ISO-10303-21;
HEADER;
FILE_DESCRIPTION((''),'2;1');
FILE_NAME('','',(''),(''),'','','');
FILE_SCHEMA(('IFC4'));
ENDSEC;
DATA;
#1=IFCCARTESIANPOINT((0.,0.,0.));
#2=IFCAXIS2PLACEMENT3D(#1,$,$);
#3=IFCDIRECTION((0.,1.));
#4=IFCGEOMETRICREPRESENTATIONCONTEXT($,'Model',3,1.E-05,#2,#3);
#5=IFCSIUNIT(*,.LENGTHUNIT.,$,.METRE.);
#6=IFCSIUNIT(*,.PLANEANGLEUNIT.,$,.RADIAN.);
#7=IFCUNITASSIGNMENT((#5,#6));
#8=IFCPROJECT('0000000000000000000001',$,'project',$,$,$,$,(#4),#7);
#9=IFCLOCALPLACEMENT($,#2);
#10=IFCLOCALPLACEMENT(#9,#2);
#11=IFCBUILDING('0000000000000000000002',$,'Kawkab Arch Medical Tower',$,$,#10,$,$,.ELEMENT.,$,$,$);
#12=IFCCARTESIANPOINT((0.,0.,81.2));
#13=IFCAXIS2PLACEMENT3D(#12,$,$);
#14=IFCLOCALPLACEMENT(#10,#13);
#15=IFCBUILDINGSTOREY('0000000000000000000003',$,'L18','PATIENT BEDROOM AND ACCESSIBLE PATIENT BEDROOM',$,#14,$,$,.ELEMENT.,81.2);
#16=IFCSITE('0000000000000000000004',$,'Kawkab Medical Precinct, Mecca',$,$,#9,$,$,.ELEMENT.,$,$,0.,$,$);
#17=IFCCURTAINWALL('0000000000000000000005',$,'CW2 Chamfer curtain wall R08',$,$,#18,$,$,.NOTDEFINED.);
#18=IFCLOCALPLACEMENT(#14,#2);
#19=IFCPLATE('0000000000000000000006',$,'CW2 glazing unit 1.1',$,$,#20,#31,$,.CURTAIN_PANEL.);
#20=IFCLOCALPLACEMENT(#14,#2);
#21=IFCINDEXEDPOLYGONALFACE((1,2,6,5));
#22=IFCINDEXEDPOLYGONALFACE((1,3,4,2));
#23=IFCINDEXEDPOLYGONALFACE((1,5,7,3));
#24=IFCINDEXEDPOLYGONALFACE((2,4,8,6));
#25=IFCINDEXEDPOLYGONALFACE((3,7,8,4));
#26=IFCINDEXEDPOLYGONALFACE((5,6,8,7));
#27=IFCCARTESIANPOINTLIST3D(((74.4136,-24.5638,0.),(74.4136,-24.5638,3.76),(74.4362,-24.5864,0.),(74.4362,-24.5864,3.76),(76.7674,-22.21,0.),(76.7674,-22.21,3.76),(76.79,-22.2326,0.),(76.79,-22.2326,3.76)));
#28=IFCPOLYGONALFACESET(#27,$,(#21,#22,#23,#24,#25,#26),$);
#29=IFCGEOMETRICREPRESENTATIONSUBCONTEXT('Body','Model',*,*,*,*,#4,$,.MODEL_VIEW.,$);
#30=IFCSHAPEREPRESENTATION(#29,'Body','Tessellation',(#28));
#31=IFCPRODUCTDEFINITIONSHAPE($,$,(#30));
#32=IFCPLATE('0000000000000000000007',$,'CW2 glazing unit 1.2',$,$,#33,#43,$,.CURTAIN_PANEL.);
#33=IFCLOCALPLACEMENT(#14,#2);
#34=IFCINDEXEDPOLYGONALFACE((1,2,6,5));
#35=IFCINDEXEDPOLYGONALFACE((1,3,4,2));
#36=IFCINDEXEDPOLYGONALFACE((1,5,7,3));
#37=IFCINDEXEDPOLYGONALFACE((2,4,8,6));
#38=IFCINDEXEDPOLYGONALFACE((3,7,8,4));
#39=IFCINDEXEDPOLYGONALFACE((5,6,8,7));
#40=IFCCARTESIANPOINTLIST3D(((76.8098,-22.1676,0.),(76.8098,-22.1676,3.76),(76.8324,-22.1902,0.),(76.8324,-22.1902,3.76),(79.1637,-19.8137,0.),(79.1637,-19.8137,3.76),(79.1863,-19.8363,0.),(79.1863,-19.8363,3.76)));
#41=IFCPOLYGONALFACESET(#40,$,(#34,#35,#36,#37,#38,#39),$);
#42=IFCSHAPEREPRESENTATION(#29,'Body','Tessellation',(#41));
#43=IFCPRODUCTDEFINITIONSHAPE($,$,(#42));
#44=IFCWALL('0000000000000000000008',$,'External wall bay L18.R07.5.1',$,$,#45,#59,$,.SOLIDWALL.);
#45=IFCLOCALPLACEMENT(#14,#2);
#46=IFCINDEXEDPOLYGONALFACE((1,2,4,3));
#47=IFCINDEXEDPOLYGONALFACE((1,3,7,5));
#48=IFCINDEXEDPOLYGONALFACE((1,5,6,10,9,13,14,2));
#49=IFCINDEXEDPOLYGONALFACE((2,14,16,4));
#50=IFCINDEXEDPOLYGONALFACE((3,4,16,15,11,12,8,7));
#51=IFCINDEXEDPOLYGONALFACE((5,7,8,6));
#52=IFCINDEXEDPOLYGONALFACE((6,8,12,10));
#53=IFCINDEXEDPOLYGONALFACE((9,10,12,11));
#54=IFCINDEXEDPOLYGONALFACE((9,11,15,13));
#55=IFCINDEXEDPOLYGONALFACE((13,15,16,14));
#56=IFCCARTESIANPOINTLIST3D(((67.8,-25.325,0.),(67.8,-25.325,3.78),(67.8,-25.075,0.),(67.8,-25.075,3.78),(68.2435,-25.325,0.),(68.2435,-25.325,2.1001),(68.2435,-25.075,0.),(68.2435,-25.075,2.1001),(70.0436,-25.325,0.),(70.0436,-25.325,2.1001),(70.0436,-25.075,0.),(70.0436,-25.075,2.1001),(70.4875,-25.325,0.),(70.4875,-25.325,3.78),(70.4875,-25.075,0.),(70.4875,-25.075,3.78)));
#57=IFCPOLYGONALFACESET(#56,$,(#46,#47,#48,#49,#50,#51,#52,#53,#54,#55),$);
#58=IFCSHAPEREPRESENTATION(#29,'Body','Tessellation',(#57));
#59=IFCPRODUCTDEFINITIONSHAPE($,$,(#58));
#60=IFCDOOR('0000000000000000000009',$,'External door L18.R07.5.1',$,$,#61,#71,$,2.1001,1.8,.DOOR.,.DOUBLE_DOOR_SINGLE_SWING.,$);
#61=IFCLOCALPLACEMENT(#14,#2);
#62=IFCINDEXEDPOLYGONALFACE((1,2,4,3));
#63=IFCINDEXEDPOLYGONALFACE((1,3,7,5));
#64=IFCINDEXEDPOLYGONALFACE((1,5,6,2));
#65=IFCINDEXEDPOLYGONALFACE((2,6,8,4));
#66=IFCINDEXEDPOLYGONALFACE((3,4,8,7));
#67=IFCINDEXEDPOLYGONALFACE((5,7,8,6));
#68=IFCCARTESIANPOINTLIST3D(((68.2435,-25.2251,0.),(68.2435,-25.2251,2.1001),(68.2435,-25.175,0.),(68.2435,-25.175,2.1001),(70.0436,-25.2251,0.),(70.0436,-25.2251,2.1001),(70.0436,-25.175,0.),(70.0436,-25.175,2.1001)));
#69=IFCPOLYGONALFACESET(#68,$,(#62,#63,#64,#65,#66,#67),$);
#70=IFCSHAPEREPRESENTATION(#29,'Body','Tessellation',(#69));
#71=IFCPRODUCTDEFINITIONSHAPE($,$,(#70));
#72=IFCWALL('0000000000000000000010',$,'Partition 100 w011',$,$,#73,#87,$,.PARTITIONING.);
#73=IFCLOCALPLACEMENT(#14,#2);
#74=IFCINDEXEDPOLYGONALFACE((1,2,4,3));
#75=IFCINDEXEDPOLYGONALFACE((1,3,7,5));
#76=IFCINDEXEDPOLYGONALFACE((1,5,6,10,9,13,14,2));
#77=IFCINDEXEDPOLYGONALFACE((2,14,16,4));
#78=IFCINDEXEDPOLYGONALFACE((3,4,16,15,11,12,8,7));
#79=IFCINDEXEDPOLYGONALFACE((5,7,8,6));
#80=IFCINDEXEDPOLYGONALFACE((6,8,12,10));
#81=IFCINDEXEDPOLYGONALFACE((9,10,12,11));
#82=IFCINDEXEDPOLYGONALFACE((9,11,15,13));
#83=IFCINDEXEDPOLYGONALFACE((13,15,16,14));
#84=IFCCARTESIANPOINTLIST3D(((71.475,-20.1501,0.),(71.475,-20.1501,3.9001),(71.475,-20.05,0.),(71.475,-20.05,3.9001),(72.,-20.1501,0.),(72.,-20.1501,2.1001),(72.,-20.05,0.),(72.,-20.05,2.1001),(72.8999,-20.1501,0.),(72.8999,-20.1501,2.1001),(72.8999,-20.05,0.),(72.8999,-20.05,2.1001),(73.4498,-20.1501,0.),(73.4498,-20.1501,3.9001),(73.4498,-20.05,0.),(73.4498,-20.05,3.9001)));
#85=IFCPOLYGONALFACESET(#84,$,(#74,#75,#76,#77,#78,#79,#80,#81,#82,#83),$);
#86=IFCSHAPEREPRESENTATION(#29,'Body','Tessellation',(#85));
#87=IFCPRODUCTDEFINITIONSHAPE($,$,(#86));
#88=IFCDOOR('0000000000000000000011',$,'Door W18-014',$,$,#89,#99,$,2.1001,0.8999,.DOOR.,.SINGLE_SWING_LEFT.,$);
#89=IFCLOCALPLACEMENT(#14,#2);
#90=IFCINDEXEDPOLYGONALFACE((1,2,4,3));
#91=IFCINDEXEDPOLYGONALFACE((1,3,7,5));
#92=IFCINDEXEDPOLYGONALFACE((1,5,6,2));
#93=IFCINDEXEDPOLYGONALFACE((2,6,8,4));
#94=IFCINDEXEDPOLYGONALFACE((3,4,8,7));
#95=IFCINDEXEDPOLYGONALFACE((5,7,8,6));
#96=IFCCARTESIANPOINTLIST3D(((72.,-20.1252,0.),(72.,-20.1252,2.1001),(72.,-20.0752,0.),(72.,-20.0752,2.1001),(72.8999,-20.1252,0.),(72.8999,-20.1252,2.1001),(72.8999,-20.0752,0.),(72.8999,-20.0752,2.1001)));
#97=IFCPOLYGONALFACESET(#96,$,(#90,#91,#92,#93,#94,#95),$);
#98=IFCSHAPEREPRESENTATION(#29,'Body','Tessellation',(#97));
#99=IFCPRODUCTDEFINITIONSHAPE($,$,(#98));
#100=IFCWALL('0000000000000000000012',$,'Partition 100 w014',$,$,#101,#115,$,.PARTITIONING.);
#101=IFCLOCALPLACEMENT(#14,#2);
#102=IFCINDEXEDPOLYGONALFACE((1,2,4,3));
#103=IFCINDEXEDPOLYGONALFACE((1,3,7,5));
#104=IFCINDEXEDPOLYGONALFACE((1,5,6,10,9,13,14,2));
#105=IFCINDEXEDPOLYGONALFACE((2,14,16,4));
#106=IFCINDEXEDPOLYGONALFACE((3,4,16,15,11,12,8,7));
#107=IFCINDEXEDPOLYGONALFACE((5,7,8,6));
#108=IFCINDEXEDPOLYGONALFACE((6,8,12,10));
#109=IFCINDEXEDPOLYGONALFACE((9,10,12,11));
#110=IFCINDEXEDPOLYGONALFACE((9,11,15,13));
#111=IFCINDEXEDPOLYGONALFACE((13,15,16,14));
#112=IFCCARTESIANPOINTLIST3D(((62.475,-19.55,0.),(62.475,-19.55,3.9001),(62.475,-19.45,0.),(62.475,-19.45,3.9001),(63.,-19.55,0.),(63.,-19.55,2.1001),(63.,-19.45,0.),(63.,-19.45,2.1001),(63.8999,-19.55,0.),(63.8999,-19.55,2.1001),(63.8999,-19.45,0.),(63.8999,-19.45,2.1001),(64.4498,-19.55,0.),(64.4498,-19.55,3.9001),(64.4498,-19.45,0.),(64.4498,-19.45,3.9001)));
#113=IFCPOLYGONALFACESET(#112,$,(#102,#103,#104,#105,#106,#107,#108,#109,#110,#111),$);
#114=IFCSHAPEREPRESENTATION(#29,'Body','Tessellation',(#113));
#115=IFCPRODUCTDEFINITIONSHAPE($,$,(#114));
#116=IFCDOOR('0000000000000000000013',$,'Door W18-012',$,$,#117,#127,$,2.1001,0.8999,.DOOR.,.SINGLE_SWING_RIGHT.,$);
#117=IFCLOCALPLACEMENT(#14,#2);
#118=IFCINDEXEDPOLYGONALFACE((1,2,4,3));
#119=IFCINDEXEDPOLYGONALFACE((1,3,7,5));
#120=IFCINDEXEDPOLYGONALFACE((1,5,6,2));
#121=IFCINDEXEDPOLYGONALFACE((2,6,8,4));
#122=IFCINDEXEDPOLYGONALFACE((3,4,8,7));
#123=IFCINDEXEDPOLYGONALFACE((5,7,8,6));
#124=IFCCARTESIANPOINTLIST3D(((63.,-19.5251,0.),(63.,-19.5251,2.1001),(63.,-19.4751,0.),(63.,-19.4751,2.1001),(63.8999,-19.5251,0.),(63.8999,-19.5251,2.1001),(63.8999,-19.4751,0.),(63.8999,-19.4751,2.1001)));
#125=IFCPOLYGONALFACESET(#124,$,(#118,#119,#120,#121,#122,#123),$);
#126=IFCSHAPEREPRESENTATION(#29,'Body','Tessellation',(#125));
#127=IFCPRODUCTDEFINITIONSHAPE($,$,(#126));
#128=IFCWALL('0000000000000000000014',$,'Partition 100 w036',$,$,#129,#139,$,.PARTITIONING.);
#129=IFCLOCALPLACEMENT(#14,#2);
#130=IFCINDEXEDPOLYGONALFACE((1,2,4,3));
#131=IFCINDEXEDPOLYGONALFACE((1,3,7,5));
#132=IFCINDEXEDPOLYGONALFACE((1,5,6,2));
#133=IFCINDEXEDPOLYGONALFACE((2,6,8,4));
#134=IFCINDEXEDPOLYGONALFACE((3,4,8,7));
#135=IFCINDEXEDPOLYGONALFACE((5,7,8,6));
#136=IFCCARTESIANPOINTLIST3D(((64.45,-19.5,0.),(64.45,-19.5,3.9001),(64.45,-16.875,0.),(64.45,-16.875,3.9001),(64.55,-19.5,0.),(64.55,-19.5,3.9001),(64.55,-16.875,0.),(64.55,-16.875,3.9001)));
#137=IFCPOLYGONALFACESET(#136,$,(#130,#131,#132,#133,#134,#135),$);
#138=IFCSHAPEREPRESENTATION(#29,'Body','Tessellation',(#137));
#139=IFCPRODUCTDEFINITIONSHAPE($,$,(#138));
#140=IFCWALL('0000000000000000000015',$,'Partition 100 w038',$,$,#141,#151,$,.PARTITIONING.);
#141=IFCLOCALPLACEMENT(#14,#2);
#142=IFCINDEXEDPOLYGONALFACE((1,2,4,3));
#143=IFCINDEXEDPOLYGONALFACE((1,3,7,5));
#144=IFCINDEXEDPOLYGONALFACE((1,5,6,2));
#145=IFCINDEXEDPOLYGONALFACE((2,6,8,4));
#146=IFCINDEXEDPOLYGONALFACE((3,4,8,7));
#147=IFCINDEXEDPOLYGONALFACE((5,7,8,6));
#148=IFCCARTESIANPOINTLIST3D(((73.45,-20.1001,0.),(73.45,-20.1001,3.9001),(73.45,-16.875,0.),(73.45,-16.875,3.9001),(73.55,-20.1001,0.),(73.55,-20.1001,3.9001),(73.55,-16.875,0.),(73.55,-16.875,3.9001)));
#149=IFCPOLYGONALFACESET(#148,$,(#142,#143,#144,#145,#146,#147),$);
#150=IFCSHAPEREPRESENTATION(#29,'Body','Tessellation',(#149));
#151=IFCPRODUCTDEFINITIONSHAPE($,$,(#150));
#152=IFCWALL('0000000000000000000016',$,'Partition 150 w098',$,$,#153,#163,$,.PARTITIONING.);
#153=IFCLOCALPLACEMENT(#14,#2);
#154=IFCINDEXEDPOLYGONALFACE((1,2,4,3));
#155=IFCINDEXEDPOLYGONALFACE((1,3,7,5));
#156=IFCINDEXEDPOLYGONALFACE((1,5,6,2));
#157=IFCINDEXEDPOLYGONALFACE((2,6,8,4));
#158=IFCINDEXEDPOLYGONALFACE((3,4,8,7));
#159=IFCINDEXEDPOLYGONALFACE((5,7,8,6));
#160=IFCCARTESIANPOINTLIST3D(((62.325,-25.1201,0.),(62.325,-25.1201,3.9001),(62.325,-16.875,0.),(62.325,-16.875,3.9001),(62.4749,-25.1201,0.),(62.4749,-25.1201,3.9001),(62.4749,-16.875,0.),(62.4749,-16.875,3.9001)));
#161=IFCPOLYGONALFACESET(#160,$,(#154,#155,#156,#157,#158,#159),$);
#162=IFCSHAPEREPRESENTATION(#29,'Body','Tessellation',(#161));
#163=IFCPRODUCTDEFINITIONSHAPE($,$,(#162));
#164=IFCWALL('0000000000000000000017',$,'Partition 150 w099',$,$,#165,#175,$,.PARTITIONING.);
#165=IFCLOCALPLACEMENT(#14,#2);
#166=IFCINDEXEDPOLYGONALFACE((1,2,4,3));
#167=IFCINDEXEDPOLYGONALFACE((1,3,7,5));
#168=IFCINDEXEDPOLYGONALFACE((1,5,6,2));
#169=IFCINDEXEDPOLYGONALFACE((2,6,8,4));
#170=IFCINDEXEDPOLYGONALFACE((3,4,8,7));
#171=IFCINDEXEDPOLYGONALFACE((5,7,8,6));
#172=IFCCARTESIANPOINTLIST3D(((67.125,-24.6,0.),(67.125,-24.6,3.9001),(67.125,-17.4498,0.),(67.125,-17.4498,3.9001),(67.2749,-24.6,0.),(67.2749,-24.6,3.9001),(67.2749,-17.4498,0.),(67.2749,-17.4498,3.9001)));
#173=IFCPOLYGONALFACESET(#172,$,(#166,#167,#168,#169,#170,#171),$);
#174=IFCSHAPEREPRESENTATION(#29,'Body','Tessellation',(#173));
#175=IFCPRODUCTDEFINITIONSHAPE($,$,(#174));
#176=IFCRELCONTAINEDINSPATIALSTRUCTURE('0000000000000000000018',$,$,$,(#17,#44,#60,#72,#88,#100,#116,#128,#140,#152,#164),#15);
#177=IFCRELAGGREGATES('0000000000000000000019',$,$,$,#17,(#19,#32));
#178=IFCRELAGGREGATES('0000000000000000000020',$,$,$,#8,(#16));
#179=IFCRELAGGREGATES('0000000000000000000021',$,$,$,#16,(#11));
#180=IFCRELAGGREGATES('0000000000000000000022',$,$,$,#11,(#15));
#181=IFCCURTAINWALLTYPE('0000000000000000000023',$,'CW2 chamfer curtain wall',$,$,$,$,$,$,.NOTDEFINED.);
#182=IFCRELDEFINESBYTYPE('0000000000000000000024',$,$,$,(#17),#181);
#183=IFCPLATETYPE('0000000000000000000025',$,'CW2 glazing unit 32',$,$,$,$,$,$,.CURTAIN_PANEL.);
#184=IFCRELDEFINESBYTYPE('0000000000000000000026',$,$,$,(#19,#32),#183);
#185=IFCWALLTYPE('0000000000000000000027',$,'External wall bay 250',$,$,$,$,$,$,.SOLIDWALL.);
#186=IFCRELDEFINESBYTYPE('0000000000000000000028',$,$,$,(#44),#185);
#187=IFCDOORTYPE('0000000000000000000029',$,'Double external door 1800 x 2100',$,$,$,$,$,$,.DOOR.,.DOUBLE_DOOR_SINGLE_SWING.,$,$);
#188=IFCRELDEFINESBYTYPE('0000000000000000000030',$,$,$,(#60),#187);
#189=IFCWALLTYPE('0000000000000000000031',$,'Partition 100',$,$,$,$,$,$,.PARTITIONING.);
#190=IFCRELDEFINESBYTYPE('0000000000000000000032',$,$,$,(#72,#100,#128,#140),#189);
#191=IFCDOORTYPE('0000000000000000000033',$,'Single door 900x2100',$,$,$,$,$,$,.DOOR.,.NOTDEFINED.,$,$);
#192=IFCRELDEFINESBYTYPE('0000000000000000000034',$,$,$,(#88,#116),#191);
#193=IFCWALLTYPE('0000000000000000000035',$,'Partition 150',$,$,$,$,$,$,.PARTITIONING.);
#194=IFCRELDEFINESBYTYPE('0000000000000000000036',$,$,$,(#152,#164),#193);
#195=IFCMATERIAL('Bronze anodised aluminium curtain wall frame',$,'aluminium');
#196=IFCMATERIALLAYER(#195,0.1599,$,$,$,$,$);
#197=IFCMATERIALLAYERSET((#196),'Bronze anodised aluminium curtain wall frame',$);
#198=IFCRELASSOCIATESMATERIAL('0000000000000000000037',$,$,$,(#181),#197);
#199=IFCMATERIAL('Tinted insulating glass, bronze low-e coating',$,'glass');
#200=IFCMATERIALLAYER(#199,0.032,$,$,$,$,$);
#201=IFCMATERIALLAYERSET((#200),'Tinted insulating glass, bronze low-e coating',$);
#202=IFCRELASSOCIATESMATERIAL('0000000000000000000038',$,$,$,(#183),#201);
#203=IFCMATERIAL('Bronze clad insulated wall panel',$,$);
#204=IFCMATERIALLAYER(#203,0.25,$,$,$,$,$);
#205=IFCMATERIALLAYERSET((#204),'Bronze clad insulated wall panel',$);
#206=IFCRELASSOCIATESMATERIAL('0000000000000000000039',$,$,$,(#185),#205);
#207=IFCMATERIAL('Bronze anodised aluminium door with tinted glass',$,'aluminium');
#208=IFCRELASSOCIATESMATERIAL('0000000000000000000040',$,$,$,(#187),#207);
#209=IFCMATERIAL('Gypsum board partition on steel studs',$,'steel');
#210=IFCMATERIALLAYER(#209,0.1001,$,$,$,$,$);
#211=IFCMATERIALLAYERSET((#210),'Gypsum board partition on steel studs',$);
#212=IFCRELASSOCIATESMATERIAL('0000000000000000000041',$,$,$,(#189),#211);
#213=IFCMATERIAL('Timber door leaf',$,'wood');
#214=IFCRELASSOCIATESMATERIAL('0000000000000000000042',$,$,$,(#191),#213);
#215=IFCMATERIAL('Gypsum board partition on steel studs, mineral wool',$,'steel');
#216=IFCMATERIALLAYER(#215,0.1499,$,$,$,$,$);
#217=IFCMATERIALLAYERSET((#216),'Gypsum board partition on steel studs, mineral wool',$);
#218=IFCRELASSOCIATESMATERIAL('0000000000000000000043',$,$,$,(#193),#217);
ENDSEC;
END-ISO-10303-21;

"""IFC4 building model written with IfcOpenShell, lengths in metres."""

from ifc_helpers import new_model, si_unit, direction, frame, frame_2d, origin, origin_2d, place, context, subcontext, project, spatial, rectangle, extrude, material, layer, layer_set, type_object, element, fill, aggregate, save


model = new_model("IFC4")

# Units and contexts
model_context = context("Model", 3, precision=1e-05, world=origin(), true_north=direction((0.0, 1.0)))
body_context = subcontext(model_context, "Body", "Model", "MODEL_VIEW")
ifc_project = project(units=[si_unit("LENGTHUNIT", "METRE"), si_unit("PLANEANGLEUNIT", "RADIAN")], contexts=[model_context])

# Site, building, storey
site_placement = place(None, origin())
site = spatial("IfcSite", under=ifc_project, at=site_placement, Name="Kawkab Medical Precinct, Mecca", CompositionType="ELEMENT", RefElevation=0.0)
building_placement = place(site_placement, origin())
building = spatial("IfcBuilding", under=site, at=building_placement, Name="Kawkab Arch Medical Tower", CompositionType="ELEMENT")
storey_placement = place(building_placement, frame((0.0, 0.0, 81.2)))
storey = spatial("IfcBuildingStorey", under=building, at=storey_placement, Name="L18", Description="PATIENT BEDROOM AND ACCESSIBLE PATIENT BEDROOM", CompositionType="ELEMENT", Elevation=81.2)

# Shared definitions
placement = place(storey_placement, origin())

# Curtain wall
ifc_material_1 = material(Name="Bronze anodised aluminium curtain wall frame", Category="aluminium")
ifc_layer_1 = layer(ifc_material_1, 0.1599)
ifc_layer_set_1 = layer_set([ifc_layer_1], Name="Bronze anodised aluminium curtain wall frame")
curtain_wall_type_1 = type_object("IfcCurtainWallType", Name="CW2 chamfer curtain wall", PredefinedType="NOTDEFINED", material=ifc_layer_set_1)
curtain_wall_1 = element("IfcCurtainWall", 1, at=placement, inside=storey, type_object=curtain_wall_type_1, Name="CW2 Chamfer curtain wall R08", PredefinedType="NOTDEFINED")

# Plates
ifc_material_2 = material(Name="Tinted insulating glass, bronze low-e coating", Category="glass")
ifc_layer_2 = layer(ifc_material_2, 0.032)
ifc_layer_set_2 = layer_set([ifc_layer_2], Name="Tinted insulating glass, bronze low-e coating")
plate_type_1 = type_object("IfcPlateType", Name="CW2 glazing unit 32", PredefinedType="CURTAIN_PANEL", material=ifc_layer_set_2)
plate_1_placement = place(storey_placement, frame((75.6018, -23.3982, 0.0), z_axis=(0.0, 0.0, 1.0), x_axis=(0.707107, 0.707107, 0.0)))
plate_1 = element("IfcPlate", 2, at=plate_1_placement, type_object=plate_type_1, Name="CW2 glazing unit 1.1", PredefinedType="CURTAIN_PANEL", context=body_context, shape_type="SweptSolid", body=[
    extrude(rectangle(XDim=3.3289, YDim=0.032, at=origin_2d()), origin(), (0.0, 0.0, 1.0), 3.76),
])
plate_2_placement = place(storey_placement, frame((77.998, -21.002, 0.0), z_axis=(0.0, 0.0, 1.0), x_axis=(0.707107, 0.707107, 0.0)))
plate_2 = element("IfcPlate", 3, at=plate_2_placement, type_object=plate_type_1, Name="CW2 glazing unit 1.2", PredefinedType="CURTAIN_PANEL", context=body_context, shape_type="SweptSolid", body=[
    extrude(rectangle(XDim=3.3289, YDim=0.032, at=origin_2d()), origin(), (0.0, 0.0, 1.0), 3.76),
])
aggregate(curtain_wall_1, [plate_1, plate_2])

# Walls, openings, doors
ifc_material_3 = material(Name="Bronze clad insulated wall panel")
ifc_layer_3 = layer(ifc_material_3, 0.25)
ifc_layer_set_3 = layer_set([ifc_layer_3], Name="Bronze clad insulated wall panel")
wall_type_1 = type_object("IfcWallType", Name="External wall bay 250", PredefinedType="SOLIDWALL", material=ifc_layer_set_3)
wall_1_placement = place(storey_placement, frame((67.8, -25.2, 0.0), z_axis=(0.0, 0.0, 1.0), x_axis=(1.0, 0.0, 0.0)))
wall_1 = element("IfcWall", 4, at=wall_1_placement, inside=storey, type_object=wall_type_1, Name="External wall bay L18.R07.5.1", PredefinedType="SOLIDWALL", context=body_context, shape_type="SweptSolid", body=[
    extrude(rectangle(XDim=2.6875, YDim=0.25, at=frame_2d((1.3438, 0.0))), origin(), (0.0, 0.0, 1.0), 3.78),
])
opening_1_placement = place(wall_1_placement, frame((0.4436, 0.0, 0.0)))
opening_1 = element("IfcOpeningElement", 5, at=opening_1_placement, cuts=wall_1, PredefinedType="OPENING", context=body_context, shape_type="SweptSolid", body=[
    extrude(rectangle(XDim=1.8, YDim=2.1001, at=frame_2d((0.8999, 1.05))), frame((0.0, 0.135, 0.0), z_axis=(0.0, -1.0, 0.0), x_axis=(1.0, 0.0, 0.0)), (0.0, 0.0, 1.0), 0.27),
])
ifc_material_4 = material(Name="Bronze anodised aluminium door with tinted glass", Category="aluminium")
door_type_1 = type_object("IfcDoorType", Name="Double external door 1800 x 2100", OperationType="DOUBLE_DOOR_SINGLE_SWING", PredefinedType="DOOR", material=ifc_material_4)
door_1_placement = place(opening_1_placement, origin())
door_1 = element("IfcDoor", 6, at=door_1_placement, inside=storey, type_object=door_type_1, Name="External door L18.R07.5.1", OperationType="DOUBLE_DOOR_SINGLE_SWING", OverallHeight=2.1001, OverallWidth=1.8, PredefinedType="DOOR", context=body_context, shape_type="SweptSolid", body=[
    extrude(rectangle(XDim=1.8, YDim=2.1001, at=frame_2d((0.8999, 1.05))), frame((0.0, 0.0249, 0.0), z_axis=(0.0, -1.0, 0.0), x_axis=(1.0, 0.0, 0.0)), (0.0, 0.0, 1.0), 0.05),
])
fill(opening_1, door_1)
ifc_material_5 = material(Name="Gypsum board partition on steel studs", Category="steel")
ifc_layer_4 = layer(ifc_material_5, 0.1001)
ifc_layer_set_4 = layer_set([ifc_layer_4], Name="Gypsum board partition on steel studs")
wall_type_2 = type_object("IfcWallType", Name="Partition 100", PredefinedType="PARTITIONING", material=ifc_layer_set_4)
wall_2_placement = place(storey_placement, frame((71.4751, -20.1001, 0.0), z_axis=(0.0, 0.0, 1.0), x_axis=(1.0, 0.0, 0.0)))
wall_2 = element("IfcWall", 7, at=wall_2_placement, inside=storey, type_object=wall_type_2, Name="Partition 100 w011", PredefinedType="PARTITIONING", context=body_context, shape_type="SweptSolid", body=[
    extrude(rectangle(XDim=1.9749, YDim=0.1001, at=frame_2d((0.9873, 0.0))), origin(), (0.0, 0.0, 1.0), 3.9001),
])
opening_2_placement = place(wall_2_placement, frame((0.5249, 0.0, 0.0)))
opening_2 = element("IfcOpeningElement", 8, at=opening_2_placement, cuts=wall_2, PredefinedType="OPENING", context=body_context, shape_type="SweptSolid", body=[
    extrude(rectangle(XDim=0.8999, YDim=2.1001, at=frame_2d((0.45, 1.05))), frame((0.0, 0.0601, 0.0), z_axis=(0.0, -1.0, 0.0), x_axis=(1.0, 0.0, 0.0)), (0.0, 0.0, 1.0), 0.1201),
])
ifc_material_6 = material(Name="Timber door leaf", Category="wood")
door_type_2 = type_object("IfcDoorType", Name="Single door 900x2100", OperationType="NOTDEFINED", PredefinedType="DOOR", material=ifc_material_6)
door_2_placement = place(opening_2_placement, origin())
door_2 = element("IfcDoor", 9, at=door_2_placement, inside=storey, type_object=door_type_2, Name="Door W18-014", OperationType="SINGLE_SWING_LEFT", OverallHeight=2.1001, OverallWidth=0.8999, PredefinedType="DOOR", context=body_context, shape_type="SweptSolid", body=[
    extrude(rectangle(XDim=0.8999, YDim=2.1001, at=frame_2d((0.45, 1.05))), frame((0.0, 0.0249, 0.0), z_axis=(0.0, -1.0, 0.0), x_axis=(1.0, 0.0, 0.0)), (0.0, 0.0, 1.0), 0.05),
])
fill(opening_2, door_2)
wall_3_placement = place(storey_placement, frame((62.4751, -19.5, 0.0), z_axis=(0.0, 0.0, 1.0), x_axis=(1.0, 0.0, 0.0)))
wall_3 = element("IfcWall", 10, at=wall_3_placement, inside=storey, type_object=wall_type_2, Name="Partition 100 w014", PredefinedType="PARTITIONING", context=body_context, shape_type="SweptSolid", body=[
    extrude(rectangle(XDim=1.9749, YDim=0.1001, at=frame_2d((0.9873, 0.0))), origin(), (0.0, 0.0, 1.0), 3.9001),
])
opening_3_placement = place(wall_3_placement, frame((0.5249, 0.0, 0.0)))
opening_3 = element("IfcOpeningElement", 11, at=opening_3_placement, cuts=wall_3, PredefinedType="OPENING", context=body_context, shape_type="SweptSolid", body=[
    extrude(rectangle(XDim=0.8999, YDim=2.1001, at=frame_2d((0.45, 1.05))), frame((0.0, 0.0601, 0.0), z_axis=(0.0, -1.0, 0.0), x_axis=(1.0, 0.0, 0.0)), (0.0, 0.0, 1.0), 0.1201),
])
door_3_placement = place(opening_3_placement, origin())
door_3 = element("IfcDoor", 12, at=door_3_placement, inside=storey, type_object=door_type_2, Name="Door W18-012", OperationType="SINGLE_SWING_RIGHT", OverallHeight=2.1001, OverallWidth=0.8999, PredefinedType="DOOR", context=body_context, shape_type="SweptSolid", body=[
    extrude(rectangle(XDim=0.8999, YDim=2.1001, at=frame_2d((0.45, 1.05))), frame((0.0, 0.0249, 0.0), z_axis=(0.0, -1.0, 0.0), x_axis=(1.0, 0.0, 0.0)), (0.0, 0.0, 1.0), 0.05),
])
fill(opening_3, door_3)

# Walls
wall_4_placement = place(storey_placement, frame((64.5, -19.5, 0.0), z_axis=(0.0, 0.0, 1.0), x_axis=(0.0, 1.0, 0.0)))
element("IfcWall", 13, at=wall_4_placement, inside=storey, type_object=wall_type_2, Name="Partition 100 w036", PredefinedType="PARTITIONING", context=body_context, shape_type="SweptSolid", body=[
    extrude(rectangle(XDim=2.625, YDim=0.1001, at=frame_2d((1.3125, 0.0))), origin(), (0.0, 0.0, 1.0), 3.9001),
])
wall_5_placement = place(storey_placement, frame((73.5, -20.1001, 0.0), z_axis=(0.0, 0.0, 1.0), x_axis=(0.0, 1.0, 0.0)))
element("IfcWall", 14, at=wall_5_placement, inside=storey, type_object=wall_type_2, Name="Partition 100 w038", PredefinedType="PARTITIONING", context=body_context, shape_type="SweptSolid", body=[
    extrude(rectangle(XDim=3.2251, YDim=0.1001, at=frame_2d((1.6125, 0.0))), origin(), (0.0, 0.0, 1.0), 3.9001),
])
ifc_material_7 = material(Name="Gypsum board partition on steel studs, mineral wool", Category="steel")
ifc_layer_5 = layer(ifc_material_7, 0.1499)
ifc_layer_set_5 = layer_set([ifc_layer_5], Name="Gypsum board partition on steel studs, mineral wool")
wall_type_3 = type_object("IfcWallType", Name="Partition 150", PredefinedType="PARTITIONING", material=ifc_layer_set_5)
wall_6_placement = place(storey_placement, frame((62.3999, -25.1201, 0.0), z_axis=(0.0, 0.0, 1.0), x_axis=(0.0, 1.0, 0.0)))
element("IfcWall", 15, at=wall_6_placement, inside=storey, type_object=wall_type_3, Name="Partition 150 w098", PredefinedType="PARTITIONING", context=body_context, shape_type="SweptSolid", body=[
    extrude(rectangle(XDim=8.2451, YDim=0.1499, at=frame_2d((4.1226, 0.0))), origin(), (0.0, 0.0, 1.0), 3.9001),
])
wall_7_placement = place(storey_placement, frame((67.2, -24.6001, 0.0), z_axis=(0.0, 0.0, 1.0), x_axis=(0.0, 1.0, 0.0)))
element("IfcWall", 16, at=wall_7_placement, inside=storey, type_object=wall_type_3, Name="Partition 150 w099", PredefinedType="PARTITIONING", context=body_context, shape_type="SweptSolid", body=[
    extrude(rectangle(XDim=7.1501, YDim=0.1499, at=frame_2d((3.5752, 0.0))), origin(), (0.0, 0.0, 1.0), 3.9001),
])

save(model, "model.ifc")
